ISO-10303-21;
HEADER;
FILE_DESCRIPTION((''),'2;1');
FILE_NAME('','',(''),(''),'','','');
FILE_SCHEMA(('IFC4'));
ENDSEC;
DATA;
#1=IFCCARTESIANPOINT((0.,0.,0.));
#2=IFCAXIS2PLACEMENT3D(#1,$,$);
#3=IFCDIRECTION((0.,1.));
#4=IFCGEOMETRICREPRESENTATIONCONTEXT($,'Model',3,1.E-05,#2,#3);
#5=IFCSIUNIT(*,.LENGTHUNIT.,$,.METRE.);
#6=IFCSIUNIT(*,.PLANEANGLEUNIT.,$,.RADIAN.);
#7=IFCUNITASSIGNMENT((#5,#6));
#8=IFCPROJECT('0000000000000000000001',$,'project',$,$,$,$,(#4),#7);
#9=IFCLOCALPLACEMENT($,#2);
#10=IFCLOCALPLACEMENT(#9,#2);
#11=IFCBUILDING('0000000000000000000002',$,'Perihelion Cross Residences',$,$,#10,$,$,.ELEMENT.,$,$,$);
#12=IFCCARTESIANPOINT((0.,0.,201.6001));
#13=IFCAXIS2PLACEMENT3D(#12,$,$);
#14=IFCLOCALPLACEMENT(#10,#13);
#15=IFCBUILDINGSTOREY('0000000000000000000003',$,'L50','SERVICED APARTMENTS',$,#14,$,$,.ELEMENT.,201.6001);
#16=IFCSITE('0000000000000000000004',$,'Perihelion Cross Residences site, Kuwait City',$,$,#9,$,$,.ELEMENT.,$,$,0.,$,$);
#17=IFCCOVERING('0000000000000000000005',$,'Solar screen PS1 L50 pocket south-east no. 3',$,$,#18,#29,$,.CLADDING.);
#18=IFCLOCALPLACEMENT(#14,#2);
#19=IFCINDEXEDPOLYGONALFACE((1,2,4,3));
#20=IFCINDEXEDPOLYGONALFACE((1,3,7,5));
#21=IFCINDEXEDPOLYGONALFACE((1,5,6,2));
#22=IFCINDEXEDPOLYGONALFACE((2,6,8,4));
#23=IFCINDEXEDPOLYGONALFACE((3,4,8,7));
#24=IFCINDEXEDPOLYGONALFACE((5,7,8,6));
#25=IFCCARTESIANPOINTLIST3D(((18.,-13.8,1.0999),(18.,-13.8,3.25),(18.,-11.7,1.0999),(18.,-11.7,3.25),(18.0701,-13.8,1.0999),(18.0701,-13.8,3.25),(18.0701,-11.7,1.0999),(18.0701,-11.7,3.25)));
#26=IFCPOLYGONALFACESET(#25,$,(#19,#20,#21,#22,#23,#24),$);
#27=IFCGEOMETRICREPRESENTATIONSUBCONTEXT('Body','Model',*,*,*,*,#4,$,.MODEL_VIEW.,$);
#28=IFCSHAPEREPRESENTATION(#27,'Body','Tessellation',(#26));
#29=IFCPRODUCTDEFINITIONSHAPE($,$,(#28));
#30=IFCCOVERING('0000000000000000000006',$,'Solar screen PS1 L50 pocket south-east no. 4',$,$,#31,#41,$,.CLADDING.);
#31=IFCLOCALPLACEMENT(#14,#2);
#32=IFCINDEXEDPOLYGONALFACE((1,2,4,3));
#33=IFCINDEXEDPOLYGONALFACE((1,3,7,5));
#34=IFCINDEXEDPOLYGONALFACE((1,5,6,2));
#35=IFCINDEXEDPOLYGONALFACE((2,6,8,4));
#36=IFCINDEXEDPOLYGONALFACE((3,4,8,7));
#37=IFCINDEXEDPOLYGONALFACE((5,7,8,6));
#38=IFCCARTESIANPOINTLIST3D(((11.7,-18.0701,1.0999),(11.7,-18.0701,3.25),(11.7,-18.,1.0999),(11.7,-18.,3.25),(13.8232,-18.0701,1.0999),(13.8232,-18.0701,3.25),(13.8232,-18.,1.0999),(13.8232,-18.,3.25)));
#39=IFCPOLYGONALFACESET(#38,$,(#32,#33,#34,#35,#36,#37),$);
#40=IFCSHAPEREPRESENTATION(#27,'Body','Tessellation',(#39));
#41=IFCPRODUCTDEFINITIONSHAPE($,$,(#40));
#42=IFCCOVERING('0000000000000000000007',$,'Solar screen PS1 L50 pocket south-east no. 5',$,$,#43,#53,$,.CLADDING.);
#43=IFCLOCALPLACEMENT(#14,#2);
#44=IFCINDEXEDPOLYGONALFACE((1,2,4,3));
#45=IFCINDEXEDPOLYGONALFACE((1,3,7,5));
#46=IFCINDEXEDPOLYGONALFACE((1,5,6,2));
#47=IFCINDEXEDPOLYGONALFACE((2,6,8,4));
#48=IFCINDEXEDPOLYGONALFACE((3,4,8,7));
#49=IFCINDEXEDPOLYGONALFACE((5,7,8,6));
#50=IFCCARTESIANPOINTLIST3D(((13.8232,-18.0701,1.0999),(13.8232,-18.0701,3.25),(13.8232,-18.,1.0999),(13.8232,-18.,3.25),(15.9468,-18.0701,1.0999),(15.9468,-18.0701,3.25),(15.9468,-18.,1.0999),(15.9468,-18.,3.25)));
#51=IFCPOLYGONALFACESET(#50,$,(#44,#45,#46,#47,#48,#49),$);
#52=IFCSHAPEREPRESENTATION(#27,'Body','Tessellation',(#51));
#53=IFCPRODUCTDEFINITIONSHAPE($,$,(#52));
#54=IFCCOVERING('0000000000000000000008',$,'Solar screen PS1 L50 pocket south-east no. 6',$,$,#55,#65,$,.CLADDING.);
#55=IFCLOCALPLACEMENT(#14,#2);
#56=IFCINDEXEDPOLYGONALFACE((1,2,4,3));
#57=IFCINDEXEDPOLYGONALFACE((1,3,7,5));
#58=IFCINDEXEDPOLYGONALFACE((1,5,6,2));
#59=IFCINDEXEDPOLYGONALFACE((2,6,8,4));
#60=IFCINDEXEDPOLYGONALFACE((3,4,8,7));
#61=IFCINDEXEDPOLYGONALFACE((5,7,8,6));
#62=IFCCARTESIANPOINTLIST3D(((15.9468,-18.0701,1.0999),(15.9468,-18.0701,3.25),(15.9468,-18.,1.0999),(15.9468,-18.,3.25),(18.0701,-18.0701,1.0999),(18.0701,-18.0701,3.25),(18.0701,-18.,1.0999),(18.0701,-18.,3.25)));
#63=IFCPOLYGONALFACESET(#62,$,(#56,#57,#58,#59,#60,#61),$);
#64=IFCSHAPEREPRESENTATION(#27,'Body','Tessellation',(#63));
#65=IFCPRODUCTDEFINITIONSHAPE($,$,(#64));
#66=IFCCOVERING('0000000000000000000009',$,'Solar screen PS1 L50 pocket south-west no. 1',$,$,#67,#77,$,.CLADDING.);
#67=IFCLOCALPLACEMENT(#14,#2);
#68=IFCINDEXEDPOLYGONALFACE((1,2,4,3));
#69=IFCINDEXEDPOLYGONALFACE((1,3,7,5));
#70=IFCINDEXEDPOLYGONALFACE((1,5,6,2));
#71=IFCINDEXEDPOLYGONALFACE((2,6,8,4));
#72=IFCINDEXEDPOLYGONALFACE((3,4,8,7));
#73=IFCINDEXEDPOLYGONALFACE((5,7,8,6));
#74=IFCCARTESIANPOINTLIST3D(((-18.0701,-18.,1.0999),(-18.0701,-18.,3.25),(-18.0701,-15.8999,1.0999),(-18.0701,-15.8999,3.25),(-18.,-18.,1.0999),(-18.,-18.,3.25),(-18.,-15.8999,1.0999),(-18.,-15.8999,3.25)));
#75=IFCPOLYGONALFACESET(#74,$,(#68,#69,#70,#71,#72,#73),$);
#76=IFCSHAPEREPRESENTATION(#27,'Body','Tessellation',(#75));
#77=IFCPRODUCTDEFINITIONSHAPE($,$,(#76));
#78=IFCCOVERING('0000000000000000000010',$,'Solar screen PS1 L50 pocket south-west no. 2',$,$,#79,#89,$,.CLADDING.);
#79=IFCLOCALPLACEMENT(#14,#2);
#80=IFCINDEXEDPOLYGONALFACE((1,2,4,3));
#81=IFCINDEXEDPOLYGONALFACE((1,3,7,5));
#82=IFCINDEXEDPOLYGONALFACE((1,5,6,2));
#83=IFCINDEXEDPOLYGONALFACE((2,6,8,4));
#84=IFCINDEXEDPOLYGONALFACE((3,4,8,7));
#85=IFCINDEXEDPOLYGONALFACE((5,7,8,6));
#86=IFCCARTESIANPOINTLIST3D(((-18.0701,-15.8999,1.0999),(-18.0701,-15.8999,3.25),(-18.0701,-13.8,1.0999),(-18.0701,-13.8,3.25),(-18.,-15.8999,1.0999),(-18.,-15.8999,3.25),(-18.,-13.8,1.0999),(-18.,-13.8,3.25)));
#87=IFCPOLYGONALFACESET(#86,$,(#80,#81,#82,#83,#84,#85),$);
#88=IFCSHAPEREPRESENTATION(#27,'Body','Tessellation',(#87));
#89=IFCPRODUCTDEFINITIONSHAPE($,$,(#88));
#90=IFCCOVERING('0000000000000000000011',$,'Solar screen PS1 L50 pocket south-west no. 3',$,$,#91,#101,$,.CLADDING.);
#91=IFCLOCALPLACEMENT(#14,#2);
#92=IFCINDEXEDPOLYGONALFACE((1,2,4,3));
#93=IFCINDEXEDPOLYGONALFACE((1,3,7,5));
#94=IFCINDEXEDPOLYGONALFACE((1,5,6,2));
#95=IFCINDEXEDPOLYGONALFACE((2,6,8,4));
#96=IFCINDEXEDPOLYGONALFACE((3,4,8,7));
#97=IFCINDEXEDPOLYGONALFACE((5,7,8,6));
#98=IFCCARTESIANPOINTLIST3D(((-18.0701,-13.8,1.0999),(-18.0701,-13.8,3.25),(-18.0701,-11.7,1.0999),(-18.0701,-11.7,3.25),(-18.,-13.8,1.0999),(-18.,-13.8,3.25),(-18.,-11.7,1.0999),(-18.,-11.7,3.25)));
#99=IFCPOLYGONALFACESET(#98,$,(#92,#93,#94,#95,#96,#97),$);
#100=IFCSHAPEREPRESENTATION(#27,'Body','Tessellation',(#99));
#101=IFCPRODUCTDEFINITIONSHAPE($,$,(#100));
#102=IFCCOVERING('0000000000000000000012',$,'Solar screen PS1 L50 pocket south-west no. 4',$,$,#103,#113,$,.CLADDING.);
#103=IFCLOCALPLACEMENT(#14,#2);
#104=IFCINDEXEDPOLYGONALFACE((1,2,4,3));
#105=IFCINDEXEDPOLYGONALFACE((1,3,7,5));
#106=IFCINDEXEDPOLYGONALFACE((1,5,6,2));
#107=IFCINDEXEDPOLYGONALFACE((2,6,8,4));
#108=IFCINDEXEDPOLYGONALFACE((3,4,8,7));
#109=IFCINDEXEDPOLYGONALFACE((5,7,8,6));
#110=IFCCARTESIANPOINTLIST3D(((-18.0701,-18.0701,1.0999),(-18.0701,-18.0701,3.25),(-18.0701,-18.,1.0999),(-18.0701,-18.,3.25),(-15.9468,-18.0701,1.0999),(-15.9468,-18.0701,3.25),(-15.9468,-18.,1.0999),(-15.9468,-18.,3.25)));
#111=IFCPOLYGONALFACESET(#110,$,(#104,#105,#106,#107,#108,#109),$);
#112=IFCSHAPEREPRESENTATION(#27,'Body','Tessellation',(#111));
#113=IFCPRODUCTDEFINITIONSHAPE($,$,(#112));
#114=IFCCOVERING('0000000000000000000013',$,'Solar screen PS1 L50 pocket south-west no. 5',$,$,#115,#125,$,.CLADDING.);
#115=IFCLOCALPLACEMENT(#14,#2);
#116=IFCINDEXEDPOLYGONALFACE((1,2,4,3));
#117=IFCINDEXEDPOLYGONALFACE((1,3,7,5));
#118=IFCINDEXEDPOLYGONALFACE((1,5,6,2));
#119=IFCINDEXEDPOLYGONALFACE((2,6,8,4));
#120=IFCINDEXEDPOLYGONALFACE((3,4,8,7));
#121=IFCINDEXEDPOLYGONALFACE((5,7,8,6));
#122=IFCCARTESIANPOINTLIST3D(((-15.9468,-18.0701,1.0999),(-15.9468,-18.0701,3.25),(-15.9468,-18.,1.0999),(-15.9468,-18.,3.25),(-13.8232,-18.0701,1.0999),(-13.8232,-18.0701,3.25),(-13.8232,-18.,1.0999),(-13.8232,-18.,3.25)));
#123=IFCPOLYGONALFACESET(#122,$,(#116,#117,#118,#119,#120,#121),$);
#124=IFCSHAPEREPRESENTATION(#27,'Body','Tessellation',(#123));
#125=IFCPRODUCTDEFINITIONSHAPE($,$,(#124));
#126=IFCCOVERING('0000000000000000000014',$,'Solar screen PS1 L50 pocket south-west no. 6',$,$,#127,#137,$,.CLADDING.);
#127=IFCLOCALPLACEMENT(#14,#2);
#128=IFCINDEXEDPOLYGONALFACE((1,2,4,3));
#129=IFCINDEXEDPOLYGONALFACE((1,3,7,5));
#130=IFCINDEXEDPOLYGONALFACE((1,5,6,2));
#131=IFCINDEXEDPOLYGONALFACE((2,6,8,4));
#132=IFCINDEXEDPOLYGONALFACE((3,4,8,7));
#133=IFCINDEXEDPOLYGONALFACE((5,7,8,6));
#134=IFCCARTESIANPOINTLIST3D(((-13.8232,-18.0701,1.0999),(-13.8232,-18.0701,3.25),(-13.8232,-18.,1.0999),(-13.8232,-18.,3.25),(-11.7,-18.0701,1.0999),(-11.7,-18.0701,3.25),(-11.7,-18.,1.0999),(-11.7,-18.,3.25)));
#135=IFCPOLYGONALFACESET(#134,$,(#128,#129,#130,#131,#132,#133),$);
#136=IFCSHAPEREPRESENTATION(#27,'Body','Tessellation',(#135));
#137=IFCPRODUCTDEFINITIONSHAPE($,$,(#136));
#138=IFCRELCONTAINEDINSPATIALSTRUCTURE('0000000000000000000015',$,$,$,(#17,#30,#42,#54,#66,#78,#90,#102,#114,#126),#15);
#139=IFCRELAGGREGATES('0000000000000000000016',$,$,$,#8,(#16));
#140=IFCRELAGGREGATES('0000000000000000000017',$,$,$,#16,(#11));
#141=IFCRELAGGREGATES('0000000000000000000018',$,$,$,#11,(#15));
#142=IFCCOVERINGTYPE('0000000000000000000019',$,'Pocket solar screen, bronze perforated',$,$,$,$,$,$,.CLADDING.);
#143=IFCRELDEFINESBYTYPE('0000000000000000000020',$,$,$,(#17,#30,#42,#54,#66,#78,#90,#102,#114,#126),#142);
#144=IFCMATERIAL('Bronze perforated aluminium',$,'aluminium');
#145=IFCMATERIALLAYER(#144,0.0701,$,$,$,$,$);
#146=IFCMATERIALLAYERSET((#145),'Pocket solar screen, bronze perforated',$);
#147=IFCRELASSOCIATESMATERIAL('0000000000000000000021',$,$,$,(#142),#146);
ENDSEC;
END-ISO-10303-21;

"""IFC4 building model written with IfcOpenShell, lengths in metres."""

from ifc_helpers import new_model, si_unit, direction, frame, origin, place, context, subcontext, project, spatial, polyline, outline, extrude, material, layer, layer_set, type_object, element, save


model = new_model("IFC4")

# Units and contexts
model_context = context("Model", 3, precision=1e-05, world=origin(), true_north=direction((0.0, 1.0)))
body_context = subcontext(model_context, "Body", "Model", "MODEL_VIEW")
ifc_project = project(units=[si_unit("LENGTHUNIT", "METRE"), si_unit("PLANEANGLEUNIT", "RADIAN")], contexts=[model_context])

# Site, building, storey
site_placement = place(None, origin())
site = spatial("IfcSite", under=ifc_project, at=site_placement, Name="Perihelion Cross Residences site, Kuwait City", CompositionType="ELEMENT", RefElevation=0.0)
building_placement = place(site_placement, origin())
building = spatial("IfcBuilding", under=site, at=building_placement, Name="Perihelion Cross Residences", CompositionType="ELEMENT")
storey_placement = place(building_placement, frame((0.0, 0.0, 201.6001)))
storey = spatial("IfcBuildingStorey", under=building, at=storey_placement, Name="L50", Description="SERVICED APARTMENTS", CompositionType="ELEMENT", Elevation=201.6001)

# Coverings
ifc_material_1 = material(Name="Bronze perforated aluminium", Category="aluminium")
ifc_layer_1 = layer(ifc_material_1, 0.0701)
ifc_layer_set_1 = layer_set([ifc_layer_1], Name="Pocket solar screen, bronze perforated")
covering_type_1 = type_object("IfcCoveringType", Name="Pocket solar screen, bronze perforated", PredefinedType="CLADDING", material=ifc_layer_set_1)
covering_1_placement = place(storey_placement, frame((0.0, 0.0, 1.0999)))
element("IfcCovering", 1, at=covering_1_placement, inside=storey, type_object=covering_type_1, Name="Solar screen PS1 L50 pocket south-east no. 3", PredefinedType="CLADDING", context=body_context, shape_type="SweptSolid", body=[
    extrude(outline(polyline([(18.0701, -13.8), (18.0701, -11.7), (18.0, -11.7), (18.0, -13.8), (18.0701, -13.8)])), origin(), (0.0, 0.0, 1.0), 2.1501),
])
covering_2_placement = place(storey_placement, frame((0.0, 0.0, 1.0999)))
element("IfcCovering", 2, at=covering_2_placement, inside=storey, type_object=covering_type_1, Name="Solar screen PS1 L50 pocket south-east no. 4", PredefinedType="CLADDING", context=body_context, shape_type="SweptSolid", body=[
    extrude(outline(polyline([(13.8232, -18.0701), (13.8232, -18.0), (11.7, -18.0), (11.7, -18.0701), (13.8232, -18.0701)])), origin(), (0.0, 0.0, 1.0), 2.1501),
])
covering_3_placement = place(storey_placement, frame((0.0, 0.0, 1.0999)))
element("IfcCovering", 3, at=covering_3_placement, inside=storey, type_object=covering_type_1, Name="Solar screen PS1 L50 pocket south-east no. 5", PredefinedType="CLADDING", context=body_context, shape_type="SweptSolid", body=[
    extrude(outline(polyline([(15.9468, -18.0701), (15.9468, -18.0), (13.8232, -18.0), (13.8232, -18.0701), (15.9468, -18.0701)])), origin(), (0.0, 0.0, 1.0), 2.1501),
])
covering_4_placement = place(storey_placement, frame((0.0, 0.0, 1.0999)))
element("IfcCovering", 4, at=covering_4_placement, inside=storey, type_object=covering_type_1, Name="Solar screen PS1 L50 pocket south-east no. 6", PredefinedType="CLADDING", context=body_context, shape_type="SweptSolid", body=[
    extrude(outline(polyline([(18.0701, -18.0701), (18.0701, -18.0), (15.9468, -18.0), (15.9468, -18.0701), (18.0701, -18.0701)])), origin(), (0.0, 0.0, 1.0), 2.1501),
])
covering_5_placement = place(storey_placement, frame((0.0, 0.0, 1.0999)))
element("IfcCovering", 5, at=covering_5_placement, inside=storey, type_object=covering_type_1, Name="Solar screen PS1 L50 pocket south-west no. 1", PredefinedType="CLADDING", context=body_context, shape_type="SweptSolid", body=[
    extrude(outline(polyline([(-18.0, -18.0), (-18.0, -15.8999), (-18.0701, -15.8999), (-18.0701, -18.0), (-18.0, -18.0)])), origin(), (0.0, 0.0, 1.0), 2.1501),
])
covering_6_placement = place(storey_placement, frame((0.0, 0.0, 1.0999)))
element("IfcCovering", 6, at=covering_6_placement, inside=storey, type_object=covering_type_1, Name="Solar screen PS1 L50 pocket south-west no. 2", PredefinedType="CLADDING", context=body_context, shape_type="SweptSolid", body=[
    extrude(outline(polyline([(-18.0, -15.8999), (-18.0, -13.8), (-18.0701, -13.8), (-18.0701, -15.8999), (-18.0, -15.8999)])), origin(), (0.0, 0.0, 1.0), 2.1501),
])
covering_7_placement = place(storey_placement, frame((0.0, 0.0, 1.0999)))
element("IfcCovering", 7, at=covering_7_placement, inside=storey, type_object=covering_type_1, Name="Solar screen PS1 L50 pocket south-west no. 3", PredefinedType="CLADDING", context=body_context, shape_type="SweptSolid", body=[
    extrude(outline(polyline([(-18.0, -13.8), (-18.0, -11.7), (-18.0701, -11.7), (-18.0701, -13.8), (-18.0, -13.8)])), origin(), (0.0, 0.0, 1.0), 2.1501),
])
covering_8_placement = place(storey_placement, frame((0.0, 0.0, 1.0999)))
element("IfcCovering", 8, at=covering_8_placement, inside=storey, type_object=covering_type_1, Name="Solar screen PS1 L50 pocket south-west no. 4", PredefinedType="CLADDING", context=body_context, shape_type="SweptSolid", body=[
    extrude(outline(polyline([(-15.9468, -18.0701), (-15.9468, -18.0), (-18.0701, -18.0), (-18.0701, -18.0701), (-15.9468, -18.0701)])), origin(), (0.0, 0.0, 1.0), 2.1501),
])
covering_9_placement = place(storey_placement, frame((0.0, 0.0, 1.0999)))
element("IfcCovering", 9, at=covering_9_placement, inside=storey, type_object=covering_type_1, Name="Solar screen PS1 L50 pocket south-west no. 5", PredefinedType="CLADDING", context=body_context, shape_type="SweptSolid", body=[
    extrude(outline(polyline([(-13.8232, -18.0701), (-13.8232, -18.0), (-15.9468, -18.0), (-15.9468, -18.0701), (-13.8232, -18.0701)])), origin(), (0.0, 0.0, 1.0), 2.1501),
])
covering_10_placement = place(storey_placement, frame((0.0, 0.0, 1.0999)))
element("IfcCovering", 10, at=covering_10_placement, inside=storey, type_object=covering_type_1, Name="Solar screen PS1 L50 pocket south-west no. 6", PredefinedType="CLADDING", context=body_context, shape_type="SweptSolid", body=[
    extrude(outline(polyline([(-11.7, -18.0701), (-11.7, -18.0), (-13.8232, -18.0), (-13.8232, -18.0701), (-11.7, -18.0701)])), origin(), (0.0, 0.0, 1.0), 2.1501),
])

save(model, "model.ifc")
